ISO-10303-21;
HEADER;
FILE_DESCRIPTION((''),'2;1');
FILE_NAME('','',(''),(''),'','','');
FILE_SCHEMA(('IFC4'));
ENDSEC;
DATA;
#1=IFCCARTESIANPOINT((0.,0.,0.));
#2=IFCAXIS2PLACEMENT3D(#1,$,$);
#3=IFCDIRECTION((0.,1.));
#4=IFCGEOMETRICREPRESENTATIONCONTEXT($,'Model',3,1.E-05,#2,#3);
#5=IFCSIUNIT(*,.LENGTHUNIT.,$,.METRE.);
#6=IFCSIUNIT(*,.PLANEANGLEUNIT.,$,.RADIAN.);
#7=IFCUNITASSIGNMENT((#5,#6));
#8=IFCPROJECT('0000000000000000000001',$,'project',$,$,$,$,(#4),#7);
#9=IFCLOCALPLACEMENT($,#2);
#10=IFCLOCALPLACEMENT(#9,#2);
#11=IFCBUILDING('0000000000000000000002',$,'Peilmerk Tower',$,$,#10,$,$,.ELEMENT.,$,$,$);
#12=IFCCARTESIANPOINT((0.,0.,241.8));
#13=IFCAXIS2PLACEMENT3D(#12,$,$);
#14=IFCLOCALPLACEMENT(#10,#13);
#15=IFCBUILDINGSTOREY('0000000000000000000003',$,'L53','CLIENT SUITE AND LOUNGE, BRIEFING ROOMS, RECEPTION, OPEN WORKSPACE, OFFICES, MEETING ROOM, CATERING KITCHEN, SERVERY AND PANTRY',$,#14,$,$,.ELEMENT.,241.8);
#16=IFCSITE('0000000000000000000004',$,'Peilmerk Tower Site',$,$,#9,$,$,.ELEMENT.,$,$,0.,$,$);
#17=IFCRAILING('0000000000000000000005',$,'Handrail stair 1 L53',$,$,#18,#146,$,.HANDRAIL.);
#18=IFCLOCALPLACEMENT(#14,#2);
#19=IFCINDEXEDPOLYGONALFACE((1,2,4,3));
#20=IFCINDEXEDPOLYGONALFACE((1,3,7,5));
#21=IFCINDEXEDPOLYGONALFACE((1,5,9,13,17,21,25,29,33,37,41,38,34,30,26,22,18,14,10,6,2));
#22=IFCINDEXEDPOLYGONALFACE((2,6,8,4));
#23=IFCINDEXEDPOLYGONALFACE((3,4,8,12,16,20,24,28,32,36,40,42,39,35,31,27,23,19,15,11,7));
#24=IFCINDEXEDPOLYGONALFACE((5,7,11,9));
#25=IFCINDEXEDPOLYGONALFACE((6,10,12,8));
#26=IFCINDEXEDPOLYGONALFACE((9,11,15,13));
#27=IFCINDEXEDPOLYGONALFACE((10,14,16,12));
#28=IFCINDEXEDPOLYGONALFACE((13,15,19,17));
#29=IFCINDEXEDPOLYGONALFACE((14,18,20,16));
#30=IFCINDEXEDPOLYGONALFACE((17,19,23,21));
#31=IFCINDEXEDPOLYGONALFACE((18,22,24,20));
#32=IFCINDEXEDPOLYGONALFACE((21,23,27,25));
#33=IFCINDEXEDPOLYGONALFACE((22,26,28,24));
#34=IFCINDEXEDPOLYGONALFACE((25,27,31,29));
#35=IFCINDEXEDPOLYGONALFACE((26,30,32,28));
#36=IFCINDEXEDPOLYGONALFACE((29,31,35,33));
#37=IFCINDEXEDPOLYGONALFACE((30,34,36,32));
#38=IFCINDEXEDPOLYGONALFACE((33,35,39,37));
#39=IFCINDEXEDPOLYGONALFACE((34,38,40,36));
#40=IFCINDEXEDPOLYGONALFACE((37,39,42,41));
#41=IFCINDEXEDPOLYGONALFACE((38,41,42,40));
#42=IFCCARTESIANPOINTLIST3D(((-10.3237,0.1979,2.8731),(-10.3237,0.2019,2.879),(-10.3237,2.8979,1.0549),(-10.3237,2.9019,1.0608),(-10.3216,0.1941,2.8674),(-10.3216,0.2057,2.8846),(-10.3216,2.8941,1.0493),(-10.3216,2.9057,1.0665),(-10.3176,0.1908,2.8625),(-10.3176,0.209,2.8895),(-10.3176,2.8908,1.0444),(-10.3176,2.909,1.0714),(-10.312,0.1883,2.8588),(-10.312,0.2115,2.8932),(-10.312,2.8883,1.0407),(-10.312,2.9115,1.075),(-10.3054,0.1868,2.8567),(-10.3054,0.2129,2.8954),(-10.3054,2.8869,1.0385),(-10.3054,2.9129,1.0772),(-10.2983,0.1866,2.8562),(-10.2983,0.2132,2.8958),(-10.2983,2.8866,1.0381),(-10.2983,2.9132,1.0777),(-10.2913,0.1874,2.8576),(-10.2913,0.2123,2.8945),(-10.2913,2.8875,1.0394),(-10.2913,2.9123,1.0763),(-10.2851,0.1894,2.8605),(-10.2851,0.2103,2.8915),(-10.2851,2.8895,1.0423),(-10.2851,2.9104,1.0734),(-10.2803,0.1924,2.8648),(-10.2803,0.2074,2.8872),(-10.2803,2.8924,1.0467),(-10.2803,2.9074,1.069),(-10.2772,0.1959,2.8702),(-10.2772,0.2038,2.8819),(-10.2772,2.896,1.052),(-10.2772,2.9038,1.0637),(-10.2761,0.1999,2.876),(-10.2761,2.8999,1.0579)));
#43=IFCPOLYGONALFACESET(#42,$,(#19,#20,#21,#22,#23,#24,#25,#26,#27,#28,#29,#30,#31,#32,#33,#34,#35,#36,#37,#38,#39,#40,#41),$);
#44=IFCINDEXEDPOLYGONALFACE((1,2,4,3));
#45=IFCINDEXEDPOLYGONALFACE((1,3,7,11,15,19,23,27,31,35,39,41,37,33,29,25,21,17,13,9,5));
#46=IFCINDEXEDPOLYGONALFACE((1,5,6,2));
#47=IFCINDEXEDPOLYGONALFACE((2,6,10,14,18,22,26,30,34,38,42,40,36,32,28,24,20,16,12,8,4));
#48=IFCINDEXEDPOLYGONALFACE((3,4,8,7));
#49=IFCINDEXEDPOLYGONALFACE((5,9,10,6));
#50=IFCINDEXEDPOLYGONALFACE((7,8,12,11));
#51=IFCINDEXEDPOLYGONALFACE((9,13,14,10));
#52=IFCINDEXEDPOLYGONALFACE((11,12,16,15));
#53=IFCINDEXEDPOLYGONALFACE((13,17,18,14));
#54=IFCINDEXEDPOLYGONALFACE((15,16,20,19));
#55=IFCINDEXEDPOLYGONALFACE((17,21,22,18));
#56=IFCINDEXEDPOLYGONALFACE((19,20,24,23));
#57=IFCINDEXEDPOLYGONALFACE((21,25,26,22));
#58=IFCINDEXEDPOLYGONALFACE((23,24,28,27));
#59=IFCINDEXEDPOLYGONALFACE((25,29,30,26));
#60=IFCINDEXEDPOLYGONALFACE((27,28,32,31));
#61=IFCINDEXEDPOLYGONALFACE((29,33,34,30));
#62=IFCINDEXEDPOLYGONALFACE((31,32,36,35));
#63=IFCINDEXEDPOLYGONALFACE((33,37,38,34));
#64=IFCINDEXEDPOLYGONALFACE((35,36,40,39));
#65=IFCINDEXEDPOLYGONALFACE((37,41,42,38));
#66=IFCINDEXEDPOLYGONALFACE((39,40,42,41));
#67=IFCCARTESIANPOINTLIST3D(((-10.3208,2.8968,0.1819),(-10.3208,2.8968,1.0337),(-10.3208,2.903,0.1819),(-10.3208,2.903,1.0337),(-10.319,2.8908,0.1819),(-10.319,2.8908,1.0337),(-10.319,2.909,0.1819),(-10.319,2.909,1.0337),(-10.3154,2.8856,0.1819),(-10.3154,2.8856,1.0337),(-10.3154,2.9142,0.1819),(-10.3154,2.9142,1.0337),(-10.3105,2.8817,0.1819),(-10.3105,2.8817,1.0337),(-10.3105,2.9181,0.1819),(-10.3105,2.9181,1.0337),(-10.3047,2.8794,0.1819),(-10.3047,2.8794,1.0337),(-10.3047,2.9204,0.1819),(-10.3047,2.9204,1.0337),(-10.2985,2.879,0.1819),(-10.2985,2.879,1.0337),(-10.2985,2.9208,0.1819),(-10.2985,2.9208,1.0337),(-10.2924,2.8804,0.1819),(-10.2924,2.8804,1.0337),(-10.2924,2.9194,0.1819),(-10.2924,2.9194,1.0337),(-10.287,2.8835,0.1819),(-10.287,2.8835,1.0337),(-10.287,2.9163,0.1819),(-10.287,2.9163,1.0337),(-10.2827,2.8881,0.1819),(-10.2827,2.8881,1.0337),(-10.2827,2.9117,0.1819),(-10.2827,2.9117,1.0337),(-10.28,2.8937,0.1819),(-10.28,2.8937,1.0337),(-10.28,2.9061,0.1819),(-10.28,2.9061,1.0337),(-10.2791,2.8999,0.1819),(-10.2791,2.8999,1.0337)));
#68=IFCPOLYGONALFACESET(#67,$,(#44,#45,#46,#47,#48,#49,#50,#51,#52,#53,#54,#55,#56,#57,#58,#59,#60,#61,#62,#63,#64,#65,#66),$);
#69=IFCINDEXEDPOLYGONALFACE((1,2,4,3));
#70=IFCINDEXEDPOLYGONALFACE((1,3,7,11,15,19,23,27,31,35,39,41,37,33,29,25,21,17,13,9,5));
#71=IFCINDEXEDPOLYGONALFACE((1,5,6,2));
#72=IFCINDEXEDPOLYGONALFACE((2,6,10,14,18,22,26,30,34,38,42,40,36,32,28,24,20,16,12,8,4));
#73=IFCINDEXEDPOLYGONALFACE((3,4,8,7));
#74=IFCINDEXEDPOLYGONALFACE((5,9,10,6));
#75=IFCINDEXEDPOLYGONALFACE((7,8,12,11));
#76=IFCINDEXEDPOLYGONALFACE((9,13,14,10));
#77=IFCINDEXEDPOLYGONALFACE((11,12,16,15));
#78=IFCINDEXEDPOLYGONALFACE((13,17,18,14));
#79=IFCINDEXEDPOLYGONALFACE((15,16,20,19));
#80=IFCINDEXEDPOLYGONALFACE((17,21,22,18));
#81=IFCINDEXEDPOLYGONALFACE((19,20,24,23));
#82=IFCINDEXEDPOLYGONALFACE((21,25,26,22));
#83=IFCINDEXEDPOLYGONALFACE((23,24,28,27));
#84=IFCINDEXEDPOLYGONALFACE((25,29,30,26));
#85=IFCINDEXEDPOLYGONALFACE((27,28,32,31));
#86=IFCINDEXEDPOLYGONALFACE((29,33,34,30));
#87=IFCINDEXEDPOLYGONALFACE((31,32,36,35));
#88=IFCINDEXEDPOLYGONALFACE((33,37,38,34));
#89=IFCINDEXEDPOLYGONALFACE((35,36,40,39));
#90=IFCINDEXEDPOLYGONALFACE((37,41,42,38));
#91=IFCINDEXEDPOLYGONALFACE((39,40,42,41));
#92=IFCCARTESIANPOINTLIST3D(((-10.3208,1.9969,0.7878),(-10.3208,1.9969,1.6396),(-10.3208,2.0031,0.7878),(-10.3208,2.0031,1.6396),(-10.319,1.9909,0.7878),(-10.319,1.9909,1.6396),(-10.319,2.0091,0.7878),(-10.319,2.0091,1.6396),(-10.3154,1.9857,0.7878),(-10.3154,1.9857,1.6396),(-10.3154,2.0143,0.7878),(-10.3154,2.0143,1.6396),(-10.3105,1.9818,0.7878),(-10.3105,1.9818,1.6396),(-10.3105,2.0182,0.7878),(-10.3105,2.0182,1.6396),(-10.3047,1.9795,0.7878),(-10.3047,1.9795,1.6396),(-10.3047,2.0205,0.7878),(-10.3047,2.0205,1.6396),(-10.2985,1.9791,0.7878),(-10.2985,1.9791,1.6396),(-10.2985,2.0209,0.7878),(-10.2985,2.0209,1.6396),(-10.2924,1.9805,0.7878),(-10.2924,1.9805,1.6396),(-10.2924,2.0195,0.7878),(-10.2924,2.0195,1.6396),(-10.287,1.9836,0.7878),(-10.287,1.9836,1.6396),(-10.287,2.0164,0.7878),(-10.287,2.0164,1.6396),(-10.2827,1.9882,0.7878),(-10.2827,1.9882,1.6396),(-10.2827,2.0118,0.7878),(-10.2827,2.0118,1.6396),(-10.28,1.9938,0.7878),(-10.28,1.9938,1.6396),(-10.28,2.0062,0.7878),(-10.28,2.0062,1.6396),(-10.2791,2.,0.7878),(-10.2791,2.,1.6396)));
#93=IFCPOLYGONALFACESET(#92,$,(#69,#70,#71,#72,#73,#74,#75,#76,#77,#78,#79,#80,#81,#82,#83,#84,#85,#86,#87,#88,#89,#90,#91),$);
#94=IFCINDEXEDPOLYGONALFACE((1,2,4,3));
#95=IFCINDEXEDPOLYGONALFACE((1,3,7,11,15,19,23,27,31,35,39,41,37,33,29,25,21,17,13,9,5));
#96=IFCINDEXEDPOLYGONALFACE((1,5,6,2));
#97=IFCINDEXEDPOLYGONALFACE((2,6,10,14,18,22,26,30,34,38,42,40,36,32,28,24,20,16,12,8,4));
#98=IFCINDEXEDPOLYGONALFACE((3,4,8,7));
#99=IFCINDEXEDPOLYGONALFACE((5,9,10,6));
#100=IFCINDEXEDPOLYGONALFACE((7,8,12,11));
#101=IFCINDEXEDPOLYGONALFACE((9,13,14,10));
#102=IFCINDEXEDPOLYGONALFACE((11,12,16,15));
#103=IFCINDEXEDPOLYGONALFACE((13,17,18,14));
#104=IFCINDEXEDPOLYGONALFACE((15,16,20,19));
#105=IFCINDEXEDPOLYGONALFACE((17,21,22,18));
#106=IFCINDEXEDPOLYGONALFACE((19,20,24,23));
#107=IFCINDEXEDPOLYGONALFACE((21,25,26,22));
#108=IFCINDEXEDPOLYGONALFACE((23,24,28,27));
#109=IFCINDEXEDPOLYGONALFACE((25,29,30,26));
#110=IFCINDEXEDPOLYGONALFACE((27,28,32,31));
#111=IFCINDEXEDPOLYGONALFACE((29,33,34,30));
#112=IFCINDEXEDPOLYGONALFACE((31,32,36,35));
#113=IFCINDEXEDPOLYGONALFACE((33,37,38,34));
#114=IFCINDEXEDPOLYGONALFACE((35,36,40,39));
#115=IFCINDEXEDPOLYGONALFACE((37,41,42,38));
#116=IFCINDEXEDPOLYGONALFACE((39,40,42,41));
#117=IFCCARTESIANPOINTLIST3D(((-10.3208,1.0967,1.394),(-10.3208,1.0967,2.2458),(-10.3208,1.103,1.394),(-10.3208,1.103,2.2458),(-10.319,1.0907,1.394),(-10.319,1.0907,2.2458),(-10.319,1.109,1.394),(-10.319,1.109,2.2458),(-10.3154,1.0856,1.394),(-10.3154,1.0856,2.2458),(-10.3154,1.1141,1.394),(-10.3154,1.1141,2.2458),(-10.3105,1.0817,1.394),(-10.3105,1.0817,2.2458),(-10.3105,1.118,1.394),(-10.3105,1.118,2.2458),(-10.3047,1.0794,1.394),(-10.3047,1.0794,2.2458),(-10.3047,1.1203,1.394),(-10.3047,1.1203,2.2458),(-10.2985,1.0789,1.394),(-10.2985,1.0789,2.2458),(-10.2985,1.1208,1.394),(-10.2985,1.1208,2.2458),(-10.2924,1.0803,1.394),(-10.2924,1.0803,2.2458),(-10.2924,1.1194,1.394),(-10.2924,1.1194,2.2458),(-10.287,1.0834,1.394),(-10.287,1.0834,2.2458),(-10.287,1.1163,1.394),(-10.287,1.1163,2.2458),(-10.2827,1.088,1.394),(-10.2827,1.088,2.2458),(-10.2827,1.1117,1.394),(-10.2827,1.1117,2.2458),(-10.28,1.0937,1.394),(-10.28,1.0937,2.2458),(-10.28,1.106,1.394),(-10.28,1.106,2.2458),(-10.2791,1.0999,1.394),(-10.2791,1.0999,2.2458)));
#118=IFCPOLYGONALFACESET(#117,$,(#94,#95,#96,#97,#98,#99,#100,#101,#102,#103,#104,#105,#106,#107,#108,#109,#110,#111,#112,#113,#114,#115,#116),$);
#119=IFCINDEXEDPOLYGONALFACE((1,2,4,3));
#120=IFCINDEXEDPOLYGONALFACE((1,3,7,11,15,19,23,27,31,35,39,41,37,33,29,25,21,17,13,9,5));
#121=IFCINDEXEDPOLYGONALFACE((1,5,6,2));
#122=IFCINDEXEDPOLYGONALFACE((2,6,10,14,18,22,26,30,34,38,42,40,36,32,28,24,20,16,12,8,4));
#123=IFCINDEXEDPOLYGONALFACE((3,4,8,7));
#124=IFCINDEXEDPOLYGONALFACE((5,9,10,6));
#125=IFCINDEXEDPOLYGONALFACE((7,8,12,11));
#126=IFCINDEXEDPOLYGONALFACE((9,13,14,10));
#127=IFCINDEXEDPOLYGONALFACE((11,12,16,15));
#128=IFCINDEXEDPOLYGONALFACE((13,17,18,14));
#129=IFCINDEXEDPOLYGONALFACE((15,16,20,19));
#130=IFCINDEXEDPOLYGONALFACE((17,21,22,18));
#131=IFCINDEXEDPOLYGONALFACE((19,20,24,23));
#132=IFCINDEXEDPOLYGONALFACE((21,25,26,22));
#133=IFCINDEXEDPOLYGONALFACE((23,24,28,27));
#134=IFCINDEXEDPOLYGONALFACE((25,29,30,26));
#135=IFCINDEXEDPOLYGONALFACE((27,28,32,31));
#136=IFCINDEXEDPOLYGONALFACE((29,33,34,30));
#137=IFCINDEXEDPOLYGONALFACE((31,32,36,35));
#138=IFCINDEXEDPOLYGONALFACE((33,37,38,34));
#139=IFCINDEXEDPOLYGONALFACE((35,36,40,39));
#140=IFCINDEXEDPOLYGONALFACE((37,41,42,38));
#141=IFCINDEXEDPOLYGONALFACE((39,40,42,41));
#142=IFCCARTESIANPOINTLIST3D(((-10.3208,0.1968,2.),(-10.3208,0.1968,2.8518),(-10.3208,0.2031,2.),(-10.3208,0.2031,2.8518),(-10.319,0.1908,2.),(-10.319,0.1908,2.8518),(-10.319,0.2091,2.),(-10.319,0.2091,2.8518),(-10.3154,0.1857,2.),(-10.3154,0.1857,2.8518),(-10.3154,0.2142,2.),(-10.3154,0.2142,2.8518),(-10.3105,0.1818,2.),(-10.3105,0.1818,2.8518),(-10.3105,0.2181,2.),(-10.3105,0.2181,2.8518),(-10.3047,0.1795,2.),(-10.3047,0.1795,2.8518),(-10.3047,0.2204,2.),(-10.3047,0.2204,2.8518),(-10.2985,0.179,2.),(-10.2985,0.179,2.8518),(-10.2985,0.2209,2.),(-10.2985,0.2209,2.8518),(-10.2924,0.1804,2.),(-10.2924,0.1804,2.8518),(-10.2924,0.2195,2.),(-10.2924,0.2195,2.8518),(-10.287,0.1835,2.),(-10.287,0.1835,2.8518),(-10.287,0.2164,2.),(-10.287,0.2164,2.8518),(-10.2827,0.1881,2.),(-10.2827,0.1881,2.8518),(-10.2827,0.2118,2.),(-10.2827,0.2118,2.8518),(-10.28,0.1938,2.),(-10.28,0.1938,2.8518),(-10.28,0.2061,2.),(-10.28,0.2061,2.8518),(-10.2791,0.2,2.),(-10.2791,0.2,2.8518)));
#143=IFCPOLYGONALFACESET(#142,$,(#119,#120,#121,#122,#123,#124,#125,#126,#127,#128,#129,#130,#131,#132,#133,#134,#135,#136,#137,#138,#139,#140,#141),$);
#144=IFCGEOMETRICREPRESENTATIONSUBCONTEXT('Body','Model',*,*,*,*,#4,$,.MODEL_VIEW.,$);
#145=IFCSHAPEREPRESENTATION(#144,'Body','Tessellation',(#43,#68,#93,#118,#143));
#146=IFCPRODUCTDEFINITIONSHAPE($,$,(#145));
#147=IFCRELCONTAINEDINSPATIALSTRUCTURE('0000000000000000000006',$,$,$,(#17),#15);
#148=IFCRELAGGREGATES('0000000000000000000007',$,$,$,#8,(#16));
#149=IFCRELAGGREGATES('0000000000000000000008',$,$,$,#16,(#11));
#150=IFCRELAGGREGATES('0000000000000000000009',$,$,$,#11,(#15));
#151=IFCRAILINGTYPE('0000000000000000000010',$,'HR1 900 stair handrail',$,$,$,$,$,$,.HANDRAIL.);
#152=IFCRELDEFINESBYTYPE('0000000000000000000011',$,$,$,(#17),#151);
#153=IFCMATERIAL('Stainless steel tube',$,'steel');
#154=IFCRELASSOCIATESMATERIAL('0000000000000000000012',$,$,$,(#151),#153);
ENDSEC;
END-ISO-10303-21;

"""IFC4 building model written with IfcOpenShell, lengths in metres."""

from ifc_helpers import new_model, si_unit, direction, frame, origin, origin_2d, place, context, subcontext, project, spatial, circle, extrude, material, type_object, element, save


model = new_model("IFC4")

# Units and contexts
model_context = context("Model", 3, precision=1e-05, world=origin(), true_north=direction((0.0, 1.0)))
body_context = subcontext(model_context, "Body", "Model", "MODEL_VIEW")
ifc_project = project(units=[si_unit("LENGTHUNIT", "METRE"), si_unit("PLANEANGLEUNIT", "RADIAN")], contexts=[model_context])

# Site, building, storey
site_placement = place(None, origin())
site = spatial("IfcSite", under=ifc_project, at=site_placement, Name="Peilmerk Tower Site", CompositionType="ELEMENT", RefElevation=0.0)
building_placement = place(site_placement, origin())
building = spatial("IfcBuilding", under=site, at=building_placement, Name="Peilmerk Tower", CompositionType="ELEMENT")
storey_placement = place(building_placement, frame((0.0, 0.0, 241.8)))
storey = spatial("IfcBuildingStorey", under=building, at=storey_placement, Name="L53", Description="CLIENT SUITE AND LOUNGE, BRIEFING ROOMS, RECEPTION, OPEN WORKSPACE, OFFICES, MEETING ROOM, CATERING KITCHEN, SERVERY AND PANTRY", CompositionType="ELEMENT", Elevation=241.8)

# Railing
ifc_material_1 = material(Name="Stainless steel tube", Category="steel")
railing_type_1 = type_object("IfcRailingType", Name="HR1 900 stair handrail", PredefinedType="HANDRAIL", material=ifc_material_1)
railing_1_placement = place(storey_placement, frame((-10.3, 2.8999, 0.1819)))
element("IfcRailing", 1, at=railing_1_placement, inside=storey, type_object=railing_type_1, Name="Handrail stair 1 L53", PredefinedType="HANDRAIL", context=body_context, shape_type="SweptSolid", body=[
    extrude(circle(Radius=0.0239, at=origin_2d()), frame((0.0, 0.0, 0.876), z_axis=(0.0, -0.829468, 0.558554), x_axis=(1.0, 0.0, 0.0)), (0.0, 0.0, 1.0), 3.2551),
    extrude(circle(Radius=0.021, at=origin_2d()), origin(), (0.0, 0.0, 1.0), 0.8518),
    extrude(circle(Radius=0.021, at=origin_2d()), frame((0.0, -0.8999, 0.606)), (0.0, 0.0, 1.0), 0.8518),
    extrude(circle(Radius=0.021, at=origin_2d()), frame((0.0, -1.8, 1.2122)), (0.0, 0.0, 1.0), 0.8518),
    extrude(circle(Radius=0.021, at=origin_2d()), frame((0.0, -2.7, 1.8181)), (0.0, 0.0, 1.0), 0.8518),
])

save(model, "model.ifc")
